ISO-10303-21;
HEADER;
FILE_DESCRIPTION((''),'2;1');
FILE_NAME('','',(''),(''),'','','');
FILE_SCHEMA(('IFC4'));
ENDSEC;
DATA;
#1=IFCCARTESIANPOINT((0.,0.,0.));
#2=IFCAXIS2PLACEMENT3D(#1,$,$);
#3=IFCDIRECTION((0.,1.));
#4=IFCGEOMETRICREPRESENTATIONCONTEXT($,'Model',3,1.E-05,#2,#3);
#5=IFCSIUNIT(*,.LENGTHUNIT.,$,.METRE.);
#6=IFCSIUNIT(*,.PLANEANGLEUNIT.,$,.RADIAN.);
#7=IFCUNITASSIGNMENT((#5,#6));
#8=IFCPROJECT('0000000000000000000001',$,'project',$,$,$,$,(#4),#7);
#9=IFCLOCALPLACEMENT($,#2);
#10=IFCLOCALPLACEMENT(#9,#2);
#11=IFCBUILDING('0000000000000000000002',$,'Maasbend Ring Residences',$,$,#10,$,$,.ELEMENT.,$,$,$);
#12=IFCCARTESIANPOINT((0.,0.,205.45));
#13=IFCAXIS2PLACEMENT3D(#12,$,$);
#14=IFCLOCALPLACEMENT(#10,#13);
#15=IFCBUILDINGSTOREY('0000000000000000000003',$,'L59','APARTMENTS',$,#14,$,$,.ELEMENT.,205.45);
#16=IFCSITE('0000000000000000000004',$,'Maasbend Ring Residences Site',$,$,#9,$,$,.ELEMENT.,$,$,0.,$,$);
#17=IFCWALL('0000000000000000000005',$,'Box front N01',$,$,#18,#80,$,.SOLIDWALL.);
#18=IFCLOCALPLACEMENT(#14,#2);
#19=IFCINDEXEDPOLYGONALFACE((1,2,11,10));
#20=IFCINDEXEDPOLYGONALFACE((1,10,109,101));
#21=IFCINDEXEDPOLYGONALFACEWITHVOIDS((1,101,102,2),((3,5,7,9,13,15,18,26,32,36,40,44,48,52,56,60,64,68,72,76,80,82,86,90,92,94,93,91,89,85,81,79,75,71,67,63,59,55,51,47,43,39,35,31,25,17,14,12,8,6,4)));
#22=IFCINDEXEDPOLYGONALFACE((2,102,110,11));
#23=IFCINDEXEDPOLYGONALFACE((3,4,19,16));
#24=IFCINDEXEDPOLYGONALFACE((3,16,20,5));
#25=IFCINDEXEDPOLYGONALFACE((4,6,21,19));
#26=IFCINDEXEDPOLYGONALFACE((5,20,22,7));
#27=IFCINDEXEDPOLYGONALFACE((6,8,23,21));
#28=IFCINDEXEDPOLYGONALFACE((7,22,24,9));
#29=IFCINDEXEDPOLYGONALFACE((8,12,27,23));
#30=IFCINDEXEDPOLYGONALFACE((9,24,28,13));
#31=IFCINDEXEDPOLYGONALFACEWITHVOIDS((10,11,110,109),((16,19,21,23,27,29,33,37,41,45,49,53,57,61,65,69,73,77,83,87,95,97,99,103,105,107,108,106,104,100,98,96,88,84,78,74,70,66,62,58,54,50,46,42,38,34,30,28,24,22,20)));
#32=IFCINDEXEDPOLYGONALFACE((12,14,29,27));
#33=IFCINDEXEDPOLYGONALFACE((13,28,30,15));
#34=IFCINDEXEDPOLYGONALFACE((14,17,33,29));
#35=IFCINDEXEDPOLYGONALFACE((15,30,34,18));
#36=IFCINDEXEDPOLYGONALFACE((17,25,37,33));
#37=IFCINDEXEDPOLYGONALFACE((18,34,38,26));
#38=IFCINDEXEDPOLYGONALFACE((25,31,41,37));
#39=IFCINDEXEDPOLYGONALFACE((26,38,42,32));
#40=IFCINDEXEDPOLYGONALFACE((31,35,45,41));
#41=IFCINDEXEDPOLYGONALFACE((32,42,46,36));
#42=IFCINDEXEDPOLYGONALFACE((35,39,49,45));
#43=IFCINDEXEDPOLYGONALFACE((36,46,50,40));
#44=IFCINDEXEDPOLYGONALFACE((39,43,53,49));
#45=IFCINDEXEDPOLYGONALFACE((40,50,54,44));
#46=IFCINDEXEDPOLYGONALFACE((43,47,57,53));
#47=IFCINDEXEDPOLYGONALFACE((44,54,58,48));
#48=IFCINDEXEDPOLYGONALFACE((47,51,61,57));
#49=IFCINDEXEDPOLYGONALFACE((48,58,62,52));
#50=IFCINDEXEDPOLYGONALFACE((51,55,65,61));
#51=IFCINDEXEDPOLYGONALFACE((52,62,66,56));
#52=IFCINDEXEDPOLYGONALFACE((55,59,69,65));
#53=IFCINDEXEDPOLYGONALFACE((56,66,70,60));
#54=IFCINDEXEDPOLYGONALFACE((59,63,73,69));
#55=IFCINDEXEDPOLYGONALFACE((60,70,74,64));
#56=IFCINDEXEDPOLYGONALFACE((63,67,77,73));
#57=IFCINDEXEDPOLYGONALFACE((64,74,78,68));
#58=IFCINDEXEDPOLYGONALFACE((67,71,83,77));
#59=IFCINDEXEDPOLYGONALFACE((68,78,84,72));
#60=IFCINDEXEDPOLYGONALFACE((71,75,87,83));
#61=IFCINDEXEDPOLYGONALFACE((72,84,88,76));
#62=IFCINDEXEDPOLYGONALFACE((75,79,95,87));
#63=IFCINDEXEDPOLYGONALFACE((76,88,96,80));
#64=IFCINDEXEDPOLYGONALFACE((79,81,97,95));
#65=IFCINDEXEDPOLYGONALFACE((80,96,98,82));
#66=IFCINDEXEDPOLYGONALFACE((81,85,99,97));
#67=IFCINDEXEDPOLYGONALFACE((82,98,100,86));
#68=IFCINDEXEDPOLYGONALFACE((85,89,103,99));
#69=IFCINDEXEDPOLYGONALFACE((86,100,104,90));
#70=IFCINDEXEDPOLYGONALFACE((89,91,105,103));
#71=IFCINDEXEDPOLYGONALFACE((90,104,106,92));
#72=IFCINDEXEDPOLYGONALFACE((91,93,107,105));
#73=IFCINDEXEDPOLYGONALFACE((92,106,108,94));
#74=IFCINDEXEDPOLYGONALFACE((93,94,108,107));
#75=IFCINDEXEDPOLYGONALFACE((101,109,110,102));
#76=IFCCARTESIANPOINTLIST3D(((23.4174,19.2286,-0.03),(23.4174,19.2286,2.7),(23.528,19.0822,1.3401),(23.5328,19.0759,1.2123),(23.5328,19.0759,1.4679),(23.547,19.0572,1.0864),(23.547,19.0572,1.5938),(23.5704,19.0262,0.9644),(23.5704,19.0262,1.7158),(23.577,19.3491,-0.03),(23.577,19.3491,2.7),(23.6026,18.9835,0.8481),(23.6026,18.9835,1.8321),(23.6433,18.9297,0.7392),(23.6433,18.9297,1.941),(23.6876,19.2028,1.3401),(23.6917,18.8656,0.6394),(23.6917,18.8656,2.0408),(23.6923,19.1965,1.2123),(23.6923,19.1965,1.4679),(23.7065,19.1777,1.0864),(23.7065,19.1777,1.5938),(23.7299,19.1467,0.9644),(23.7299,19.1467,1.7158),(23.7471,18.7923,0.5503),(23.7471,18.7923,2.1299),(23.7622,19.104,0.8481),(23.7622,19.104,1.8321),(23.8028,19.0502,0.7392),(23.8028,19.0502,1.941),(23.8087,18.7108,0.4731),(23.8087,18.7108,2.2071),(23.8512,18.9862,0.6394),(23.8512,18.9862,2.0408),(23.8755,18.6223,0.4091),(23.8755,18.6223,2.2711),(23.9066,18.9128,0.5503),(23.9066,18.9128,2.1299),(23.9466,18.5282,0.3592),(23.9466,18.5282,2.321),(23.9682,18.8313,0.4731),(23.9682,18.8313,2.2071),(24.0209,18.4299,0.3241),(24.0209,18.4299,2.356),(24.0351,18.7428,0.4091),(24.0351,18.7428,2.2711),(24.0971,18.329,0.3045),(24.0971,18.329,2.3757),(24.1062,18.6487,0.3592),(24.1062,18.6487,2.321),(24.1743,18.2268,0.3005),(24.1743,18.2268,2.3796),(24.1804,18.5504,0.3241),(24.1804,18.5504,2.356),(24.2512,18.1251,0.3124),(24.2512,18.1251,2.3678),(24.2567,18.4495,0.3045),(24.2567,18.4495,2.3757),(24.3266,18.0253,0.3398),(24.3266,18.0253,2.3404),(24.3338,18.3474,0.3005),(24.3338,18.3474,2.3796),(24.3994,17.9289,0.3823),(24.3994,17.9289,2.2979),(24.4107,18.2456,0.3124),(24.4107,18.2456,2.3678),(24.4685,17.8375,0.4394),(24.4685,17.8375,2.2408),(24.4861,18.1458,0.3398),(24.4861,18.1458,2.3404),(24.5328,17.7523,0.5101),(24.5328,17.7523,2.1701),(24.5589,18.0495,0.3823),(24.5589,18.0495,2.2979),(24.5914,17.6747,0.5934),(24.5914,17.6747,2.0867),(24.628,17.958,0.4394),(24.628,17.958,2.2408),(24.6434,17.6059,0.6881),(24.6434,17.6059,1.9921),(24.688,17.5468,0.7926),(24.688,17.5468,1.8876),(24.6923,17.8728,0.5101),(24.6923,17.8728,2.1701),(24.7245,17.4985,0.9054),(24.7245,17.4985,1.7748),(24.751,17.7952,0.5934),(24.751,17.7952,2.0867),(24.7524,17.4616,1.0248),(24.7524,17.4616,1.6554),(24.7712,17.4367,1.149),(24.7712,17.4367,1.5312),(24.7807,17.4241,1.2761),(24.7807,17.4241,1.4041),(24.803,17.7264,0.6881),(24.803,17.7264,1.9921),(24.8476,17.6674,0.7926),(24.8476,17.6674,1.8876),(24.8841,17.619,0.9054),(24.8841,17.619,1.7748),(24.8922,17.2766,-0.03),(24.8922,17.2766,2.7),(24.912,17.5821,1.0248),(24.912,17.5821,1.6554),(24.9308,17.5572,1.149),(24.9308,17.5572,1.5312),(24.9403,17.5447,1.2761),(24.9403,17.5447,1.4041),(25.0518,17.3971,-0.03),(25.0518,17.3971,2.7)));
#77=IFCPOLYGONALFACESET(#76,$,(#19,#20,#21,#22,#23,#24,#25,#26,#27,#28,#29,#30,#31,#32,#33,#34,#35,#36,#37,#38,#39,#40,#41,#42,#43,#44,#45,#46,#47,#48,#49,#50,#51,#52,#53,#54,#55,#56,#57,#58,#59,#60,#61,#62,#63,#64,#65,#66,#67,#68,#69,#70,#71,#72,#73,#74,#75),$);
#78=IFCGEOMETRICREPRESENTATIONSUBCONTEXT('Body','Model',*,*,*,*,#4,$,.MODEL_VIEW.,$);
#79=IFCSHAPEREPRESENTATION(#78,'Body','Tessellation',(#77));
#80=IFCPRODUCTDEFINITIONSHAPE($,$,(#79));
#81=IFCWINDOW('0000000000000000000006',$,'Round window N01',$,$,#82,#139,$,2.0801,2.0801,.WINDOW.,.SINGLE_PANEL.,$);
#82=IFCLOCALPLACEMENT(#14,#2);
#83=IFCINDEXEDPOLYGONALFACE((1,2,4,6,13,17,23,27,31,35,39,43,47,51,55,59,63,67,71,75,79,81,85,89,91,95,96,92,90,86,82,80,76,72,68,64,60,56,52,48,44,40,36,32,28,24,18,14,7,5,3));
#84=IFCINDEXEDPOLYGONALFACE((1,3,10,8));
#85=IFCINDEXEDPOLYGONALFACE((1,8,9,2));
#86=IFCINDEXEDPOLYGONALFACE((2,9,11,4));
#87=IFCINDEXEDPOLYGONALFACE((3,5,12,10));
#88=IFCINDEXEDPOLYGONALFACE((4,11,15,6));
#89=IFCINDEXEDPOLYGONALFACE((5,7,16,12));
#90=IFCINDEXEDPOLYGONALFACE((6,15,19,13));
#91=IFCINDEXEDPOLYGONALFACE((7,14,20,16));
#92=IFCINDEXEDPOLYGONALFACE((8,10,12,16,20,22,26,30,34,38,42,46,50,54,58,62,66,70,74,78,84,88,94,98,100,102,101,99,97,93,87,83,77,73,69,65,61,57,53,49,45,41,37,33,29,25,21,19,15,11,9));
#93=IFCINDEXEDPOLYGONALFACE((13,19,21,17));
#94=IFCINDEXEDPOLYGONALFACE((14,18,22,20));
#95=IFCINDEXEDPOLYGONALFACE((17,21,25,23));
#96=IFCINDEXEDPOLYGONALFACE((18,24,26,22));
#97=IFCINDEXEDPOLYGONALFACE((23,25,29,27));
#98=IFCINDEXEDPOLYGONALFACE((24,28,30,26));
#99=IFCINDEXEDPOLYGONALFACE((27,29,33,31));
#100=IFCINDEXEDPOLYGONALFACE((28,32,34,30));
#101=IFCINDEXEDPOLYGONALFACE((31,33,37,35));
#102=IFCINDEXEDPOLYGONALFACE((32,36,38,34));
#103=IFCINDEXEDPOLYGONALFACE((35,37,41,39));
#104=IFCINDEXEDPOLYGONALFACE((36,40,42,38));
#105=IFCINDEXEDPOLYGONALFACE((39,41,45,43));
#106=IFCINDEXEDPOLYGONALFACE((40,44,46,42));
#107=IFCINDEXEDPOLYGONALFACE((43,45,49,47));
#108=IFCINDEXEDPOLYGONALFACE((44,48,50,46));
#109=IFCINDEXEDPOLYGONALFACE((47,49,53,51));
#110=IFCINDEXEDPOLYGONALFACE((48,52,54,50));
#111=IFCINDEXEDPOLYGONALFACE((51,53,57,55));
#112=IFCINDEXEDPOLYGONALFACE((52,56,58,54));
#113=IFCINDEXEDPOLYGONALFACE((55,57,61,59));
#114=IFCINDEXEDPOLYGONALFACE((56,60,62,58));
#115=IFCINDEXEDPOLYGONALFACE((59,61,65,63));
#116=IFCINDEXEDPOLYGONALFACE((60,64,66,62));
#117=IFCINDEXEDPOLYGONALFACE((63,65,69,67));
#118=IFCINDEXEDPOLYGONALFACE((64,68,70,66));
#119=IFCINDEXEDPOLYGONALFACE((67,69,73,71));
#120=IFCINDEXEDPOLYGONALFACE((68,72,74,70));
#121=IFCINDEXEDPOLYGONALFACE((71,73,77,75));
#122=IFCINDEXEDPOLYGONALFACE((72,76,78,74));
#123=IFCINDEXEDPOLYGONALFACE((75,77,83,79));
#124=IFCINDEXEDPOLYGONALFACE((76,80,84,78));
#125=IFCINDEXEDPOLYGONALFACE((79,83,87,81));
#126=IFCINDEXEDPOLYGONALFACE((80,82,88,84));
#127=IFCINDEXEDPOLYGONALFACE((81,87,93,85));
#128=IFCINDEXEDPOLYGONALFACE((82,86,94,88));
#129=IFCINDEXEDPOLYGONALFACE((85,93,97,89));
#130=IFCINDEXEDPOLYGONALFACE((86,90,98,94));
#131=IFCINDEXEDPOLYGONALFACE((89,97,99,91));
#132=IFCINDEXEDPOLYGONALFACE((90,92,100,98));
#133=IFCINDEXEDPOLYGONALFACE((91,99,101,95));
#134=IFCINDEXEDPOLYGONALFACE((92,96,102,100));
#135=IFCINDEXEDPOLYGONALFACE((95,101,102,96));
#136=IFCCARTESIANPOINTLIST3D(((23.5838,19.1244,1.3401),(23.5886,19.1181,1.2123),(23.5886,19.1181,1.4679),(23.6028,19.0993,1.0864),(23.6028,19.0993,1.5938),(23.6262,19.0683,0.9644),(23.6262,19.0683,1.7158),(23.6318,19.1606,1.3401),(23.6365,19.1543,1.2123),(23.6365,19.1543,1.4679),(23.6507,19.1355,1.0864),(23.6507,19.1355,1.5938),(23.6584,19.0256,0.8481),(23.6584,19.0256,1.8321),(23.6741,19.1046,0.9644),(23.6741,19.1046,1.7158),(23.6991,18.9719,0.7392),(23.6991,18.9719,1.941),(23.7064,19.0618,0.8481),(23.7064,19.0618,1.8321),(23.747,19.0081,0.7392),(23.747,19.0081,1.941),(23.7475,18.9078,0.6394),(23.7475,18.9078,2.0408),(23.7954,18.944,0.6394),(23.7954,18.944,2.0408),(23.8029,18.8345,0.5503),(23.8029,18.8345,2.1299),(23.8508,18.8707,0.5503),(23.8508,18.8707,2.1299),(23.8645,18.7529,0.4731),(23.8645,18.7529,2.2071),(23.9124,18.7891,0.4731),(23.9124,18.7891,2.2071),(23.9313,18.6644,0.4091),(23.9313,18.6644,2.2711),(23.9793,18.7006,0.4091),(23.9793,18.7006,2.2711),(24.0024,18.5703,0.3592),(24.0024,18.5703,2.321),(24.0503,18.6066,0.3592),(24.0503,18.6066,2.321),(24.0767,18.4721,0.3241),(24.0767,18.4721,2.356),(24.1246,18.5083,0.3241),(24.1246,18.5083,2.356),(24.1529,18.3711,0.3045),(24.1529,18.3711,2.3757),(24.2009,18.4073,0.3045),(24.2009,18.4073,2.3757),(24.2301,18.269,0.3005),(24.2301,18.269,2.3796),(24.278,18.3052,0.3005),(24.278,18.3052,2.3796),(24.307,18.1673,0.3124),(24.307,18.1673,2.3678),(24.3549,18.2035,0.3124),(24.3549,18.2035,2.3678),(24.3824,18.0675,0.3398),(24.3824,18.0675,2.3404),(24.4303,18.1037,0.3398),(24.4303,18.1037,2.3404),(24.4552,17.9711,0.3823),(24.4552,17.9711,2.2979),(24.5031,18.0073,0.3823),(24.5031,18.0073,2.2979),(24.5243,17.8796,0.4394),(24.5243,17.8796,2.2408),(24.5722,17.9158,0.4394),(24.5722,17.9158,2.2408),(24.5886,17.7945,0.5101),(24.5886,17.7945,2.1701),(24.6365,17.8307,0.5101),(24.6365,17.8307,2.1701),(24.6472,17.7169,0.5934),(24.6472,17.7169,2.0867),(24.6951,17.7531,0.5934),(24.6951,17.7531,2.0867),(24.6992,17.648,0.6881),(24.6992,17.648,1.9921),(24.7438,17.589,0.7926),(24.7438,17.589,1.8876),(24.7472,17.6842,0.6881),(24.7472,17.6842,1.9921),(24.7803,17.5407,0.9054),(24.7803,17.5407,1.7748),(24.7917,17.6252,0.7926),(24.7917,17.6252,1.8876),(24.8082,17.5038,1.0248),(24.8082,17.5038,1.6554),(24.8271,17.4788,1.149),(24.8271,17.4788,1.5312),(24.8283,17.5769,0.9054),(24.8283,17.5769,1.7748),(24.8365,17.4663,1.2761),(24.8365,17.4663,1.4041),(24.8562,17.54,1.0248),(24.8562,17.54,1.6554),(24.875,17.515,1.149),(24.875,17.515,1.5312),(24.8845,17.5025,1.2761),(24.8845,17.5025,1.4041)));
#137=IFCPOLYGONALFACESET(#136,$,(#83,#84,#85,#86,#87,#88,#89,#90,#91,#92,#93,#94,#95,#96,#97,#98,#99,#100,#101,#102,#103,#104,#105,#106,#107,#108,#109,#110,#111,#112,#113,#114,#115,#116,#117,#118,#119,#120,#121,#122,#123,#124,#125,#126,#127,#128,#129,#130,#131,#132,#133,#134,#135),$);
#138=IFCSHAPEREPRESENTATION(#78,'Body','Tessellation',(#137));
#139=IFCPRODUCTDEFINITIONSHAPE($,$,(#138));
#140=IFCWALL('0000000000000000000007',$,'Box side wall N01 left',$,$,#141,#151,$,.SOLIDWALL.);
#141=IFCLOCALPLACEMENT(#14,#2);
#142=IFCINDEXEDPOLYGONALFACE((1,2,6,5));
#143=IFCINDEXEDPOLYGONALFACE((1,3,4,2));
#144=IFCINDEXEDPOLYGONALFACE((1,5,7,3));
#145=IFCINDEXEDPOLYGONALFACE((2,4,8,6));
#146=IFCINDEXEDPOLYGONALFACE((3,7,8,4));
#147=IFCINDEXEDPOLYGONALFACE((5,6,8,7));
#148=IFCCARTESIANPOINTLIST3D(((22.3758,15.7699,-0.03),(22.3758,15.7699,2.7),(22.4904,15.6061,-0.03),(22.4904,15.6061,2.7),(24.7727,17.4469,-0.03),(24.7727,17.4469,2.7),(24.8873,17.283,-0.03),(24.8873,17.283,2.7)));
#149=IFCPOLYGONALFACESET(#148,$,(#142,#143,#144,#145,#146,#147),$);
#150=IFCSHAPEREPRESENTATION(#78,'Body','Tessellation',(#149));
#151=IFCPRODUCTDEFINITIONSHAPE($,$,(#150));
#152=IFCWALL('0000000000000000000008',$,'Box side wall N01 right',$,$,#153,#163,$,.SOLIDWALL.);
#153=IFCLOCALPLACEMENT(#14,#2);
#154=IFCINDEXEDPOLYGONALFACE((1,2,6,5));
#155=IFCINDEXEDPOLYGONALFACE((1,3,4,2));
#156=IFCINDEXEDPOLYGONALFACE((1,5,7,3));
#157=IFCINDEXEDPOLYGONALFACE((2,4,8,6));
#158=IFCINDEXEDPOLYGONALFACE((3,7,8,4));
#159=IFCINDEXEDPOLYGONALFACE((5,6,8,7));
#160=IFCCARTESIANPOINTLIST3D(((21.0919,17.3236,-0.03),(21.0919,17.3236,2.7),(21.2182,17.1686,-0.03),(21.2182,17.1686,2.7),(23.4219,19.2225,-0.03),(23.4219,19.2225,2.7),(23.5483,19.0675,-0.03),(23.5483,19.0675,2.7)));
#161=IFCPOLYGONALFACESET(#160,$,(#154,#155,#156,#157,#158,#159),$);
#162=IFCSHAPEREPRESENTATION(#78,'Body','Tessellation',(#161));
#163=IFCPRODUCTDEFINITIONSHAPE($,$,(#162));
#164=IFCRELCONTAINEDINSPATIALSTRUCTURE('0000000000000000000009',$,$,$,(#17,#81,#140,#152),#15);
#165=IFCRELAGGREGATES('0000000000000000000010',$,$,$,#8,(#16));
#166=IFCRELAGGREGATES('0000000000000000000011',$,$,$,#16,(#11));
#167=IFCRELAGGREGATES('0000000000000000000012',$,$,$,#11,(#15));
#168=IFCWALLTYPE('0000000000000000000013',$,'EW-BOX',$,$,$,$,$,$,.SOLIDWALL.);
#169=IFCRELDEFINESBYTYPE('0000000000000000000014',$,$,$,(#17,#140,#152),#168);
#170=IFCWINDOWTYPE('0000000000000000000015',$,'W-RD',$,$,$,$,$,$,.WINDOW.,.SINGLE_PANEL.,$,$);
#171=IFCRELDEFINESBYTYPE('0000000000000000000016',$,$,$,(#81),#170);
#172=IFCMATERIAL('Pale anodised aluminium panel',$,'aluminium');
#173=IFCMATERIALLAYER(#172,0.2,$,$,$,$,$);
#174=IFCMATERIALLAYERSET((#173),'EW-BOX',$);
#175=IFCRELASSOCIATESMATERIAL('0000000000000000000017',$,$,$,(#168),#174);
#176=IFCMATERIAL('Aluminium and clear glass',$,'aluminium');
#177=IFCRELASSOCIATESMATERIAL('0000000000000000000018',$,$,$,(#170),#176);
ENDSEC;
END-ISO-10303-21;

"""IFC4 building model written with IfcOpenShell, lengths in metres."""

from ifc_helpers import new_model, si_unit, direction, frame, frame_2d, origin, place, context, subcontext, project, spatial, rectangle, circle, extrude, material, layer, layer_set, type_object, element, fill, save


model = new_model("IFC4")

# Units and contexts
model_context = context("Model", 3, precision=1e-05, world=origin(), true_north=direction((0.0, 1.0)))
body_context = subcontext(model_context, "Body", "Model", "MODEL_VIEW")
ifc_project = project(units=[si_unit("LENGTHUNIT", "METRE"), si_unit("PLANEANGLEUNIT", "RADIAN")], contexts=[model_context])

# Site, building, storey
site_placement = place(None, origin())
site = spatial("IfcSite", under=ifc_project, at=site_placement, Name="Maasbend Ring Residences Site", CompositionType="ELEMENT", RefElevation=0.0)
building_placement = place(site_placement, origin())
building = spatial("IfcBuilding", under=site, at=building_placement, Name="Maasbend Ring Residences", CompositionType="ELEMENT")
storey_placement = place(building_placement, frame((0.0, 0.0, 205.45)))
storey = spatial("IfcBuildingStorey", under=building, at=storey_placement, Name="L59", Description="APARTMENTS", CompositionType="ELEMENT", Elevation=205.45)

# Wall, opening, window
ifc_material_1 = material(Name="Pale anodised aluminium panel", Category="aluminium")
ifc_layer_1 = layer(ifc_material_1, 0.2)
ifc_layer_set_1 = layer_set([ifc_layer_1], Name="EW-BOX")
wall_type_1 = type_object("IfcWallType", Name="EW-BOX", PredefinedType="SOLIDWALL", material=ifc_layer_set_1)
wall_1_placement = place(storey_placement, frame((24.9719, 17.3369, -0.03), z_axis=(0.0, 0.0, 1.0), x_axis=(-0.602806, 0.797888, 0.0)))
wall_1 = element("IfcWall", 1, at=wall_1_placement, inside=storey, type_object=wall_type_1, Name="Box front N01", PredefinedType="SOLIDWALL", context=body_context, shape_type="SweptSolid", body=[
    extrude(rectangle(XDim=2.4465, YDim=0.2, at=frame_2d((1.2231, 0.0))), origin(), (0.0, 0.0, 1.0), 2.73),
])
opening_1_placement = place(wall_1_placement, frame((0.1829, 0.0, 0.3301)))
opening_1 = element("IfcOpeningElement", 2, at=opening_1_placement, cuts=wall_1, PredefinedType="OPENING", context=body_context, shape_type="SweptSolid", body=[
    extrude(circle(Radius=1.04, at=frame_2d((1.04, 1.04))), frame((0.0, 0.1099, 0.0), z_axis=(0.0, -1.0, 0.0), x_axis=(1.0, 0.0, 0.0)), (0.0, 0.0, 1.0), 0.22),
])
ifc_material_2 = material(Name="Aluminium and clear glass", Category="aluminium")
window_type_1 = type_object("IfcWindowType", Name="W-RD", PartitioningType="SINGLE_PANEL", PredefinedType="WINDOW", material=ifc_material_2)
window_1_placement = place(opening_1_placement, origin())
window_1 = element("IfcWindow", 3, at=window_1_placement, inside=storey, type_object=window_type_1, Name="Round window N01", OverallHeight=2.0801, OverallWidth=2.0801, PartitioningType="SINGLE_PANEL", PredefinedType="WINDOW", context=body_context, shape_type="SweptSolid", body=[
    extrude(circle(Radius=1.04, at=frame_2d((1.04, 1.04))), frame((0.0, 0.03, 0.0), z_axis=(0.0, -1.0, 0.0), x_axis=(1.0, 0.0, 0.0)), (0.0, 0.0, 1.0), 0.0601),
])
fill(opening_1, window_1)

# Walls
wall_2_placement = place(storey_placement, frame((22.4331, 15.688, -0.03), z_axis=(0.0, 0.0, 1.0), x_axis=(0.819373, 0.573261, 0.0)))
element("IfcWall", 4, at=wall_2_placement, inside=storey, type_object=wall_type_1, Name="Box side wall N01 left", PredefinedType="SOLIDWALL", context=body_context, shape_type="SweptSolid", body=[
    extrude(rectangle(XDim=2.9253, YDim=0.2, at=frame_2d((1.4626, 0.0))), origin(), (0.0, 0.0, 1.0), 2.73),
])
wall_3_placement = place(storey_placement, frame((21.155, 17.2461, -0.03), z_axis=(0.0, 0.0, 1.0), x_axis=(0.775179, 0.631742, 0.0)))
element("IfcWall", 5, at=wall_3_placement, inside=storey, type_object=wall_type_1, Name="Box side wall N01 right", PredefinedType="SOLIDWALL", context=body_context, shape_type="SweptSolid", body=[
    extrude(rectangle(XDim=3.0059, YDim=0.2, at=frame_2d((1.5029, 0.0))), origin(), (0.0, 0.0, 1.0), 2.73),
])

save(model, "model.ifc")
